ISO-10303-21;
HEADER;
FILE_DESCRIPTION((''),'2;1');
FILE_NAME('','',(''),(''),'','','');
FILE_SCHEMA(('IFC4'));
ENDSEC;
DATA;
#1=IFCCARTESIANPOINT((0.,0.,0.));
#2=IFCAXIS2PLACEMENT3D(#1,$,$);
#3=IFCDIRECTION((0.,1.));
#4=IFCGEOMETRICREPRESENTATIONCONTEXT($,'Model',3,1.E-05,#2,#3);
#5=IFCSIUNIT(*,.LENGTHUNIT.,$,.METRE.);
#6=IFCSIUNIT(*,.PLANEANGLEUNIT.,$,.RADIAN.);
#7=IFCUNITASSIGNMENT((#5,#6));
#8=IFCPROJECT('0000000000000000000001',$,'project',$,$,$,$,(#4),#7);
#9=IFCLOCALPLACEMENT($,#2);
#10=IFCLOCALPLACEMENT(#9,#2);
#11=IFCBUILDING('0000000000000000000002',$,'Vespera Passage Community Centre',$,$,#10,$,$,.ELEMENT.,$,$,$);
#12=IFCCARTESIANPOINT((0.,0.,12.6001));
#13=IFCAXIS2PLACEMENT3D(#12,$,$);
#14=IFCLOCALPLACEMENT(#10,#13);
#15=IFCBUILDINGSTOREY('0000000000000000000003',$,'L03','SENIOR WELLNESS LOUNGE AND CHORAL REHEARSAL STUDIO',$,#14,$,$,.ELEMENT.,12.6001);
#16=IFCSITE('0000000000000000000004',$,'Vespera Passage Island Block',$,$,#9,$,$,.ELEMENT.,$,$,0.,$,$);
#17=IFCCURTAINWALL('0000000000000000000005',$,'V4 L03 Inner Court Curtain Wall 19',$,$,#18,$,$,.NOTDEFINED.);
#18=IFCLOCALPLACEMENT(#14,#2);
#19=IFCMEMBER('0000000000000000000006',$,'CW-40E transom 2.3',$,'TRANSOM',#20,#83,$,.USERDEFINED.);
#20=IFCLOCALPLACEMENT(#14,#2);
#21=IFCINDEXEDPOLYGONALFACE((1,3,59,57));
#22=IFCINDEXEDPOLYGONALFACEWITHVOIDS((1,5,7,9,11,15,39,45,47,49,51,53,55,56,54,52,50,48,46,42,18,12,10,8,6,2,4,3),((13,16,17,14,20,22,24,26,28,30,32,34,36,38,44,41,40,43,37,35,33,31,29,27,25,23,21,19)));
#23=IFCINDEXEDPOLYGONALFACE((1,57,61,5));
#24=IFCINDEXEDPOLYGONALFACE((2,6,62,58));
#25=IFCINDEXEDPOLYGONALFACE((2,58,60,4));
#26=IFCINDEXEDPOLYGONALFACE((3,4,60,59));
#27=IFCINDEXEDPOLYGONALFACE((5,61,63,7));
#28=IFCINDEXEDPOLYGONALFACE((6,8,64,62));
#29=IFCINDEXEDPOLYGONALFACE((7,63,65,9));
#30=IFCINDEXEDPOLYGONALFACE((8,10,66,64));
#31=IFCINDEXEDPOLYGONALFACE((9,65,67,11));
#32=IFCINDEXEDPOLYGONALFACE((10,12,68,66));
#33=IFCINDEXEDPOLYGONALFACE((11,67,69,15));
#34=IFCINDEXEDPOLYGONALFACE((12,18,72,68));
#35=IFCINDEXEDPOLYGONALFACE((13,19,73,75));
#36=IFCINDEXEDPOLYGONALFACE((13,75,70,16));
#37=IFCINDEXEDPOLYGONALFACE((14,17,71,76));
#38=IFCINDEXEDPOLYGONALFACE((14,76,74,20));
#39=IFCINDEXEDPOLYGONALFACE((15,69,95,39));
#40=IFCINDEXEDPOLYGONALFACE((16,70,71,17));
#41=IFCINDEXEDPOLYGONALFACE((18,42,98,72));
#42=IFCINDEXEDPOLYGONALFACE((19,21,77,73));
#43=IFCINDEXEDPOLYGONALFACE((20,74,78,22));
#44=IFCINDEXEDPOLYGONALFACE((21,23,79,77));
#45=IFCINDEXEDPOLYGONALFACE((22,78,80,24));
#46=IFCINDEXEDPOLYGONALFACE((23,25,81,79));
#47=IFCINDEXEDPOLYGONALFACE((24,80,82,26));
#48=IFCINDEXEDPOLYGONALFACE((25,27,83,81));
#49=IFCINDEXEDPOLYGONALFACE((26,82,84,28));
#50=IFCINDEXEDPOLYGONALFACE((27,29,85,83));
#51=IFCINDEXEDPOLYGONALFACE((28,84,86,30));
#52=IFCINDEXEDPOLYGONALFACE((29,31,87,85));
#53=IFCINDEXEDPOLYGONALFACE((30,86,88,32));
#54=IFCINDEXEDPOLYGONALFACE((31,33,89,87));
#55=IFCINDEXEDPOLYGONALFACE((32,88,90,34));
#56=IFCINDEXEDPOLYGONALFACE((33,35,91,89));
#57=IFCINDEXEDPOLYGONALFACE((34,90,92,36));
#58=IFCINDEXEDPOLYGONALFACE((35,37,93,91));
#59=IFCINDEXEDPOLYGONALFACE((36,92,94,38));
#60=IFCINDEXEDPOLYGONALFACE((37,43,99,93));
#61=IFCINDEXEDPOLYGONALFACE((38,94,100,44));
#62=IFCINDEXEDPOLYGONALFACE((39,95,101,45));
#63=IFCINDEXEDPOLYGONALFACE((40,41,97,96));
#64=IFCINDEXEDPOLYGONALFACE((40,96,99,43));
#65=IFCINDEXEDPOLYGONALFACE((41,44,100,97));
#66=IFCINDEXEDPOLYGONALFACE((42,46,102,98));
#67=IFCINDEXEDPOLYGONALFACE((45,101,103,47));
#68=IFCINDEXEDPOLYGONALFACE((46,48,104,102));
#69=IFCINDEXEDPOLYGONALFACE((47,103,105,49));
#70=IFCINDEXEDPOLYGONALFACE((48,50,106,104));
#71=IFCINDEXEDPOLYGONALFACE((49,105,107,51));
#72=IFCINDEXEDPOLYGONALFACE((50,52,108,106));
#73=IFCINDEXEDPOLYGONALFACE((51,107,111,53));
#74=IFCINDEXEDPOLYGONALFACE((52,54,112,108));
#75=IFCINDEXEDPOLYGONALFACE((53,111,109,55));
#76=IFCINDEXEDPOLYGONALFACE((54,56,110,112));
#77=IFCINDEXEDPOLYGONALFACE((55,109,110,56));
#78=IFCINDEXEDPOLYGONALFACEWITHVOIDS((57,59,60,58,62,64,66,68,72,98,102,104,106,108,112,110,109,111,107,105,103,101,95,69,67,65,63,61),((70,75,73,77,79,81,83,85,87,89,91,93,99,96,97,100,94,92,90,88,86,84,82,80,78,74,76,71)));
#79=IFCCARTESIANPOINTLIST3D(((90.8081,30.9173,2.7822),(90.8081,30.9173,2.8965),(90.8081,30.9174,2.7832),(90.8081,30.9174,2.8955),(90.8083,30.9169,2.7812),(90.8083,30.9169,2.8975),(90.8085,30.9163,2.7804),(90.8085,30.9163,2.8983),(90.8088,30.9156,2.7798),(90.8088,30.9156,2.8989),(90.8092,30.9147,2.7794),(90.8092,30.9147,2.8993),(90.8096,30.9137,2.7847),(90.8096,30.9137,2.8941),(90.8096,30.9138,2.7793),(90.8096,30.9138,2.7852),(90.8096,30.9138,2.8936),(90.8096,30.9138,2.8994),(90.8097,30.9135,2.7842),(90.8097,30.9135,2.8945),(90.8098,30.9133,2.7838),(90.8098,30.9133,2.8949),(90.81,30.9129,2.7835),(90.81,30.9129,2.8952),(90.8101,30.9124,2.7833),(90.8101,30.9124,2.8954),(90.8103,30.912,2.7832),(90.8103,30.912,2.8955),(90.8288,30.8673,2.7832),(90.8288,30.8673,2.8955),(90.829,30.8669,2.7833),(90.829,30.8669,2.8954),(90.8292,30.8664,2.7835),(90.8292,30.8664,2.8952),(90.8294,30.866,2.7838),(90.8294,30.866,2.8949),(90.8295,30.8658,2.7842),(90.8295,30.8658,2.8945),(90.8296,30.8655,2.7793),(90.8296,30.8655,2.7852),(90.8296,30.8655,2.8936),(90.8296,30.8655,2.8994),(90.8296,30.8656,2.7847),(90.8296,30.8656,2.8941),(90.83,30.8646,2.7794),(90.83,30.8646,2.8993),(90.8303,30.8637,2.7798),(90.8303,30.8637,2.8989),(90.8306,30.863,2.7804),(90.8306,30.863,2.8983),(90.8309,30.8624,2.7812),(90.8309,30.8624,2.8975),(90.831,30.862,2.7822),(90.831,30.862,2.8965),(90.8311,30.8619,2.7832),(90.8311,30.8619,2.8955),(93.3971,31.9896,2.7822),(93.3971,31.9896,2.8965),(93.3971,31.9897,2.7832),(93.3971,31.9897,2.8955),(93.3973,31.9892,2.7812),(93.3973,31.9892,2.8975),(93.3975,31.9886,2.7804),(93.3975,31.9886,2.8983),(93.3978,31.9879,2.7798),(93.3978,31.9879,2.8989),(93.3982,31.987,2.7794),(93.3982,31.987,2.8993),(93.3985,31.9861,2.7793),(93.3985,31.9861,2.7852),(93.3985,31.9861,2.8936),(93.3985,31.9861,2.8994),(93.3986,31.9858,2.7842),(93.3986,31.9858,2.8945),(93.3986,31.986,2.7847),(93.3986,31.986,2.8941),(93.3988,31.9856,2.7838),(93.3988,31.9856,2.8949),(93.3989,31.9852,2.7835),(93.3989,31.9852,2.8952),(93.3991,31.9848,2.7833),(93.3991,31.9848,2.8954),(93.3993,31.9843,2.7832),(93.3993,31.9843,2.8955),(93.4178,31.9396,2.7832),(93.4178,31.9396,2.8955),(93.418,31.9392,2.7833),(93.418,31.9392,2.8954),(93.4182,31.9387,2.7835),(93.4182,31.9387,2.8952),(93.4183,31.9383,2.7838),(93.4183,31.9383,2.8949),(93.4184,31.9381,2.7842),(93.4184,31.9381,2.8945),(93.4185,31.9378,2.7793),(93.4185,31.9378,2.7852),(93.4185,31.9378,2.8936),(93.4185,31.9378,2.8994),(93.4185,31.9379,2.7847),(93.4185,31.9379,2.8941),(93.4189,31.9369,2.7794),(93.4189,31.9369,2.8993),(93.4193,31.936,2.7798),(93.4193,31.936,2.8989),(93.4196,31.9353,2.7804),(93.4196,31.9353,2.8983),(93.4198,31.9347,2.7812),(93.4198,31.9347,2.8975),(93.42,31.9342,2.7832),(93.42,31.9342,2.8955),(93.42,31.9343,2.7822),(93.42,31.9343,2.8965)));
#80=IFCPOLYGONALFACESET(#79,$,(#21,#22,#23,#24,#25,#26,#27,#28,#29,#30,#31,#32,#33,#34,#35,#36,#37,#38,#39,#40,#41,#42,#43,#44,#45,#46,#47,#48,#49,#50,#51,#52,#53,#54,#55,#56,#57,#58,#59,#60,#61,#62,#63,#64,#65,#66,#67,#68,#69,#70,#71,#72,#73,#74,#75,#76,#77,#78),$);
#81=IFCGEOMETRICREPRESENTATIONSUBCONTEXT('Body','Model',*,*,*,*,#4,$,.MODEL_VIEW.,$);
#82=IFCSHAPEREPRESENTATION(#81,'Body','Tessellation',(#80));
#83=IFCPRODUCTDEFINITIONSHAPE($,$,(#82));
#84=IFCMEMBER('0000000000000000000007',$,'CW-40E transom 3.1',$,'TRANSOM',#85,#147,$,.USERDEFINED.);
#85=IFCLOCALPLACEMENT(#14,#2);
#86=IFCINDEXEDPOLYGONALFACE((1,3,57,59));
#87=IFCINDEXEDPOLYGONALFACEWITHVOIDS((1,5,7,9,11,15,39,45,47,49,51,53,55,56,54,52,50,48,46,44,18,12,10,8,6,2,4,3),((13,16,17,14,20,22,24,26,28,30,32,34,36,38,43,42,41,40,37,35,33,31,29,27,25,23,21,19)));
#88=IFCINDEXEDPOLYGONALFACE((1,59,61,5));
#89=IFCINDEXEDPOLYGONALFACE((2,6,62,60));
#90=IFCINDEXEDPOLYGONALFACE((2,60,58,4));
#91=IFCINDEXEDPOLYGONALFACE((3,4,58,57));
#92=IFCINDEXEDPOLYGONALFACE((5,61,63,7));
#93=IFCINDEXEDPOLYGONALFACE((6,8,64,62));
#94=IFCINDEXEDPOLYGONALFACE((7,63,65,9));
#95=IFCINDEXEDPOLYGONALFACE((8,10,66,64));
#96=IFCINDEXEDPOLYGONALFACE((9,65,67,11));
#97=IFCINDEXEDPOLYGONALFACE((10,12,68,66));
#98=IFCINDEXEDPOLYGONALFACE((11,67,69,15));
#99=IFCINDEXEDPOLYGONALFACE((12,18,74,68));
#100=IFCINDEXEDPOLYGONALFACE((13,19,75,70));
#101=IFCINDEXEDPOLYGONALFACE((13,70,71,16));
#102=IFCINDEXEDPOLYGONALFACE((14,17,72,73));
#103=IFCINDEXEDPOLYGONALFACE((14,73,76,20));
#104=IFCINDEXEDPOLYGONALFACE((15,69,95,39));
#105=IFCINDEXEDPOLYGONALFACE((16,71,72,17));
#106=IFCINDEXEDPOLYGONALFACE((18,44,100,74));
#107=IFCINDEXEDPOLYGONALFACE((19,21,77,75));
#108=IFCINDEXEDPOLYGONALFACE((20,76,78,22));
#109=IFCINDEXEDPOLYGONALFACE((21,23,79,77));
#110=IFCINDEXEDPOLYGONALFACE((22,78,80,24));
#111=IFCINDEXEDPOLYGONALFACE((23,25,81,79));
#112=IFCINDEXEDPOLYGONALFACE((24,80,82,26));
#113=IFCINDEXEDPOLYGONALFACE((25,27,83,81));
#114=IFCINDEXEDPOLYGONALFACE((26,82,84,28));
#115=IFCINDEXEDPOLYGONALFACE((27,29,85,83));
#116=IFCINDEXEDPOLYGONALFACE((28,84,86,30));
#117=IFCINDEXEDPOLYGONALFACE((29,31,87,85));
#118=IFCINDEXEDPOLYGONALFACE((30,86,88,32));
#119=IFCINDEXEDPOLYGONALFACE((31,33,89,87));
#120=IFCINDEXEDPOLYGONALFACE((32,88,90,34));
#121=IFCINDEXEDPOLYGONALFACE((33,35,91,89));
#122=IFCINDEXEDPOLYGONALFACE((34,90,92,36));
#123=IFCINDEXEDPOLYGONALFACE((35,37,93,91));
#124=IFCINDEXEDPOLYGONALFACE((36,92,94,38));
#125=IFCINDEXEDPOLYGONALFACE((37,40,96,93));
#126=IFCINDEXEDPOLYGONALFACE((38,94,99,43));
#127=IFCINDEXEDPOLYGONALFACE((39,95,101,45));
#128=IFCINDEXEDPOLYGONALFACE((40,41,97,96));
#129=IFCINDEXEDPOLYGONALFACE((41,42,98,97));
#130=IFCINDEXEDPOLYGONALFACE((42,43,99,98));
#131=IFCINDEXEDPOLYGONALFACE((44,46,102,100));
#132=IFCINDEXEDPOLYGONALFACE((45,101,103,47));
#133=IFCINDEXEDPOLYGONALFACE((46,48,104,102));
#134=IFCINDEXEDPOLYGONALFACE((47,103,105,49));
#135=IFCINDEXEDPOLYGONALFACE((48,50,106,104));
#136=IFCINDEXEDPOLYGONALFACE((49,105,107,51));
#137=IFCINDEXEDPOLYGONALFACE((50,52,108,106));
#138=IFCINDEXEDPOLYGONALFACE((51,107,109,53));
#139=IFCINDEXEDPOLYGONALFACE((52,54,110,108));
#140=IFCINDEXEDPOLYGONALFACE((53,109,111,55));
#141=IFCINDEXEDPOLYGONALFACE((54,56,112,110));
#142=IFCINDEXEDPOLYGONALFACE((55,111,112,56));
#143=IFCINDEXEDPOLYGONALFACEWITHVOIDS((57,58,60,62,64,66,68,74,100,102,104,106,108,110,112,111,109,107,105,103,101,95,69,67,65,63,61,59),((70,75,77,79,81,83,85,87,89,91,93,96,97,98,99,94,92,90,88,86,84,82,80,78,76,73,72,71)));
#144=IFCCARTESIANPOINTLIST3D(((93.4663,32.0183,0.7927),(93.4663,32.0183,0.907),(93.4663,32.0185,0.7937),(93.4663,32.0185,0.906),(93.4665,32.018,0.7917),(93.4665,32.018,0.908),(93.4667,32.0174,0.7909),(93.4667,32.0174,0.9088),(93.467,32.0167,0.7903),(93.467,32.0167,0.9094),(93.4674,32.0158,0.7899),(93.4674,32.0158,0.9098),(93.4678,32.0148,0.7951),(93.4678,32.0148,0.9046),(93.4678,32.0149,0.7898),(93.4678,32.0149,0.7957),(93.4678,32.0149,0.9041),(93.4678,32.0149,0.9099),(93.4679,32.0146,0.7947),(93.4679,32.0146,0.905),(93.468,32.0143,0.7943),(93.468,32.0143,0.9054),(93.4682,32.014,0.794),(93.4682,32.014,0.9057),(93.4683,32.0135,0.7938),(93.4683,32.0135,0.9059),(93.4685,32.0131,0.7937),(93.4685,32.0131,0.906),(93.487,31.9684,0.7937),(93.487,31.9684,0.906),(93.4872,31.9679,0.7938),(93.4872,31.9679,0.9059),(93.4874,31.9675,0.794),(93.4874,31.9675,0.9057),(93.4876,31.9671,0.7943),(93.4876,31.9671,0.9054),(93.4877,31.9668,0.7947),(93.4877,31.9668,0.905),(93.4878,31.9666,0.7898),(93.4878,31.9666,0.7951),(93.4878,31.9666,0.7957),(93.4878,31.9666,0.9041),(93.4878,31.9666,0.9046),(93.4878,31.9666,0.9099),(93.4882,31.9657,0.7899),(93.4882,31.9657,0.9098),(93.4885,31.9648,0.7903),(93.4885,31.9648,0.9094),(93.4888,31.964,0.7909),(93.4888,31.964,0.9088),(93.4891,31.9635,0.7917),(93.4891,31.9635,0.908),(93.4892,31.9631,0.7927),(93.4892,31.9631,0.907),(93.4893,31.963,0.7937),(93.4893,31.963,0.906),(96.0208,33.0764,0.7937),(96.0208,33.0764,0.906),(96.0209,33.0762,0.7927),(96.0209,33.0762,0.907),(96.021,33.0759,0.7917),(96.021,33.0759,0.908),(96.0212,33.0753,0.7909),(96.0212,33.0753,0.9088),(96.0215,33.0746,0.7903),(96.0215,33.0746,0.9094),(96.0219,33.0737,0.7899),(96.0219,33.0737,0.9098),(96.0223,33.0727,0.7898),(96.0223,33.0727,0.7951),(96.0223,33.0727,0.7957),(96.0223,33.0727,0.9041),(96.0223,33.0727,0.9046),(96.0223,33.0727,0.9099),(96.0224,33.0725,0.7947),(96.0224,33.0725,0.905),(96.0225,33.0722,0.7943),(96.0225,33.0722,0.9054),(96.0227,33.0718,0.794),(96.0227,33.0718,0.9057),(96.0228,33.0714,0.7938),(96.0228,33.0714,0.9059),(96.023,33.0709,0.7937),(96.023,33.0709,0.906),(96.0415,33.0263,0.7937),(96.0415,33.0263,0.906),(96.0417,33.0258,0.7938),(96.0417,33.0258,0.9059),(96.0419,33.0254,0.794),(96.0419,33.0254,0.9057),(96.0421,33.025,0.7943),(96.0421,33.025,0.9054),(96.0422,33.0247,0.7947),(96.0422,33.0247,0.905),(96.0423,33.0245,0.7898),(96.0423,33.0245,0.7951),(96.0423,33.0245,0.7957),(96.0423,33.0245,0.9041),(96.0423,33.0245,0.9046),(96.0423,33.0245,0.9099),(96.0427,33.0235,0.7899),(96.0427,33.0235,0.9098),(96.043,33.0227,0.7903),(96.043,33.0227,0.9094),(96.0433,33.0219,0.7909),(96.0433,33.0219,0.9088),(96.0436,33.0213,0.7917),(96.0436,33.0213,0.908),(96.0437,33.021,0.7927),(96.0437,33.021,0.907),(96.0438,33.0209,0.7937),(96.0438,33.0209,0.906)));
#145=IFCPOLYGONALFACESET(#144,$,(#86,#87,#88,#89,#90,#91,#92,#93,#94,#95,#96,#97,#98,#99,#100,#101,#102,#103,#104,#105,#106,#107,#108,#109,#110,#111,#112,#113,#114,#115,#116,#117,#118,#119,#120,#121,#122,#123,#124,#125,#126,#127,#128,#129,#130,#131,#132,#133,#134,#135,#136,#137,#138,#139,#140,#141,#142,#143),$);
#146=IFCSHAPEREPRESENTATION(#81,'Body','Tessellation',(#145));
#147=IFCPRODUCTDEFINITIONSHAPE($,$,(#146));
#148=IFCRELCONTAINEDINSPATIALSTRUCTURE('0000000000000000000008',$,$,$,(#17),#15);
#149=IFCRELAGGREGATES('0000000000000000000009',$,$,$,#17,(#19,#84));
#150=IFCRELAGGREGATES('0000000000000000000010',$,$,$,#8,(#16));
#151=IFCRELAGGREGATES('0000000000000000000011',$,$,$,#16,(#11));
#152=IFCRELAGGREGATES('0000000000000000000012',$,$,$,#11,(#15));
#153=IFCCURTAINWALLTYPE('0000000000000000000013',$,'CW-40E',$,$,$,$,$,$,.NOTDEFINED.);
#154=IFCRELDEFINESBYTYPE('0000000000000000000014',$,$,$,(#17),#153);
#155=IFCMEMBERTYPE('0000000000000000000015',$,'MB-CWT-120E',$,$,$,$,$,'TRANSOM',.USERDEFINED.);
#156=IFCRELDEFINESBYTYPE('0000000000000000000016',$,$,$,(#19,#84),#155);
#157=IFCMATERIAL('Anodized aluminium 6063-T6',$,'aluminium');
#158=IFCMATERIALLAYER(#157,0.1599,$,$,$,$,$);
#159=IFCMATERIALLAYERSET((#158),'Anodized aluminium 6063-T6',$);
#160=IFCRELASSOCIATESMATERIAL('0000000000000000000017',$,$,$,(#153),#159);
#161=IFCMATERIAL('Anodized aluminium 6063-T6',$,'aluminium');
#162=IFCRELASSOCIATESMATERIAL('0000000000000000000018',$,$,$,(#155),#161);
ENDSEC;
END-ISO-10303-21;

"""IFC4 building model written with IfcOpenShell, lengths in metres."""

from ifc_helpers import new_model, si_unit, direction, frame, origin, origin_2d, place, context, subcontext, project, spatial, hollow_rectangle, extrude, material, layer, layer_set, material_profile, profile_set, type_object, element, aggregate, save


model = new_model("IFC4")

# Units and contexts
model_context = context("Model", 3, precision=1e-05, world=origin(), true_north=direction((0.0, 1.0)))
body_context = subcontext(model_context, "Body", "Model", "MODEL_VIEW")
ifc_project = project(units=[si_unit("LENGTHUNIT", "METRE"), si_unit("PLANEANGLEUNIT", "RADIAN")], contexts=[model_context])

# Site, building, storey
site_placement = place(None, origin())
site = spatial("IfcSite", under=ifc_project, at=site_placement, Name="Vespera Passage Island Block", CompositionType="ELEMENT", RefElevation=0.0)
building_placement = place(site_placement, origin())
building = spatial("IfcBuilding", under=site, at=building_placement, Name="Vespera Passage Community Centre", CompositionType="ELEMENT")
storey_placement = place(building_placement, frame((0.0, 0.0, 12.6001)))
storey = spatial("IfcBuildingStorey", under=building, at=storey_placement, Name="L03", Description="SENIOR WELLNESS LOUNGE AND CHORAL REHEARSAL STUDIO", CompositionType="ELEMENT", Elevation=12.6001)

# Curtain wall
ifc_material_1 = material(Name="Anodized aluminium 6063-T6", Category="aluminium")
ifc_layer_1 = layer(ifc_material_1, 0.1599)
ifc_layer_set_1 = layer_set([ifc_layer_1], Name="Anodized aluminium 6063-T6")
curtain_wall_type = type_object("IfcCurtainWallType", Name="CW-40E", PredefinedType="NOTDEFINED", material=ifc_layer_set_1)
curtain_wall_1_placement = place(storey_placement, origin())
curtain_wall_1 = element("IfcCurtainWall", 1, at=curtain_wall_1_placement, inside=storey, type_object=curtain_wall_type, Name="V4 L03 Inner Court Curtain Wall 19", PredefinedType="NOTDEFINED")

# Members
ifc_material_2 = material(Name="Anodized aluminium 6063-T6", Category="aluminium")
ifc_material_profile_1 = material_profile(ifc_material_2, hollow_rectangle(XDim=0.0601, YDim=0.1201, WallThickness=0.0039, InnerFilletRadius=0.002, OuterFilletRadius=0.0039, at=origin_2d()), Name="ALU120X60X4")
ifc_profile_set_1 = profile_set([ifc_material_profile_1], Name="Anodized aluminium 6063-T6")
member_type_1 = type_object("IfcMemberType", Name="MB-CWT-120E", ElementType="TRANSOM", PredefinedType="USERDEFINED", material=ifc_profile_set_1)
member_1_placement = place(storey_placement, frame((90.8196, 30.8896, 2.8394), z_axis=(0.923889, 0.38266, 0.0), x_axis=(-0.38266, 0.923889, 0.0)))
member_1 = element("IfcMember", 2, at=member_1_placement, type_object=member_type_1, Name="CW-40E transom 2.3", ObjectType="TRANSOM", PredefinedType="USERDEFINED", context=body_context, shape_type="SweptSolid", body=[
    extrude(hollow_rectangle(XDim=0.0601, YDim=0.1201, WallThickness=0.0039, InnerFilletRadius=0.002, OuterFilletRadius=0.0039, at=origin_2d()), origin(), (0.0, 0.0, 1.0), 2.8022),
])
member_2_placement = place(storey_placement, frame((93.4778, 31.9907, 0.8499), z_axis=(0.923908, 0.382614, 0.0), x_axis=(-0.382614, 0.923908, 0.0)))
member_2 = element("IfcMember", 3, at=member_2_placement, type_object=member_type_1, Name="CW-40E transom 3.1", ObjectType="TRANSOM", PredefinedType="USERDEFINED", context=body_context, shape_type="SweptSolid", body=[
    extrude(hollow_rectangle(XDim=0.0601, YDim=0.1201, WallThickness=0.0039, InnerFilletRadius=0.002, OuterFilletRadius=0.0039, at=origin_2d()), origin(), (0.0, 0.0, 1.0), 2.7649),
])

aggregate(curtain_wall_1, [member_1, member_2])

save(model, "model.ifc")
